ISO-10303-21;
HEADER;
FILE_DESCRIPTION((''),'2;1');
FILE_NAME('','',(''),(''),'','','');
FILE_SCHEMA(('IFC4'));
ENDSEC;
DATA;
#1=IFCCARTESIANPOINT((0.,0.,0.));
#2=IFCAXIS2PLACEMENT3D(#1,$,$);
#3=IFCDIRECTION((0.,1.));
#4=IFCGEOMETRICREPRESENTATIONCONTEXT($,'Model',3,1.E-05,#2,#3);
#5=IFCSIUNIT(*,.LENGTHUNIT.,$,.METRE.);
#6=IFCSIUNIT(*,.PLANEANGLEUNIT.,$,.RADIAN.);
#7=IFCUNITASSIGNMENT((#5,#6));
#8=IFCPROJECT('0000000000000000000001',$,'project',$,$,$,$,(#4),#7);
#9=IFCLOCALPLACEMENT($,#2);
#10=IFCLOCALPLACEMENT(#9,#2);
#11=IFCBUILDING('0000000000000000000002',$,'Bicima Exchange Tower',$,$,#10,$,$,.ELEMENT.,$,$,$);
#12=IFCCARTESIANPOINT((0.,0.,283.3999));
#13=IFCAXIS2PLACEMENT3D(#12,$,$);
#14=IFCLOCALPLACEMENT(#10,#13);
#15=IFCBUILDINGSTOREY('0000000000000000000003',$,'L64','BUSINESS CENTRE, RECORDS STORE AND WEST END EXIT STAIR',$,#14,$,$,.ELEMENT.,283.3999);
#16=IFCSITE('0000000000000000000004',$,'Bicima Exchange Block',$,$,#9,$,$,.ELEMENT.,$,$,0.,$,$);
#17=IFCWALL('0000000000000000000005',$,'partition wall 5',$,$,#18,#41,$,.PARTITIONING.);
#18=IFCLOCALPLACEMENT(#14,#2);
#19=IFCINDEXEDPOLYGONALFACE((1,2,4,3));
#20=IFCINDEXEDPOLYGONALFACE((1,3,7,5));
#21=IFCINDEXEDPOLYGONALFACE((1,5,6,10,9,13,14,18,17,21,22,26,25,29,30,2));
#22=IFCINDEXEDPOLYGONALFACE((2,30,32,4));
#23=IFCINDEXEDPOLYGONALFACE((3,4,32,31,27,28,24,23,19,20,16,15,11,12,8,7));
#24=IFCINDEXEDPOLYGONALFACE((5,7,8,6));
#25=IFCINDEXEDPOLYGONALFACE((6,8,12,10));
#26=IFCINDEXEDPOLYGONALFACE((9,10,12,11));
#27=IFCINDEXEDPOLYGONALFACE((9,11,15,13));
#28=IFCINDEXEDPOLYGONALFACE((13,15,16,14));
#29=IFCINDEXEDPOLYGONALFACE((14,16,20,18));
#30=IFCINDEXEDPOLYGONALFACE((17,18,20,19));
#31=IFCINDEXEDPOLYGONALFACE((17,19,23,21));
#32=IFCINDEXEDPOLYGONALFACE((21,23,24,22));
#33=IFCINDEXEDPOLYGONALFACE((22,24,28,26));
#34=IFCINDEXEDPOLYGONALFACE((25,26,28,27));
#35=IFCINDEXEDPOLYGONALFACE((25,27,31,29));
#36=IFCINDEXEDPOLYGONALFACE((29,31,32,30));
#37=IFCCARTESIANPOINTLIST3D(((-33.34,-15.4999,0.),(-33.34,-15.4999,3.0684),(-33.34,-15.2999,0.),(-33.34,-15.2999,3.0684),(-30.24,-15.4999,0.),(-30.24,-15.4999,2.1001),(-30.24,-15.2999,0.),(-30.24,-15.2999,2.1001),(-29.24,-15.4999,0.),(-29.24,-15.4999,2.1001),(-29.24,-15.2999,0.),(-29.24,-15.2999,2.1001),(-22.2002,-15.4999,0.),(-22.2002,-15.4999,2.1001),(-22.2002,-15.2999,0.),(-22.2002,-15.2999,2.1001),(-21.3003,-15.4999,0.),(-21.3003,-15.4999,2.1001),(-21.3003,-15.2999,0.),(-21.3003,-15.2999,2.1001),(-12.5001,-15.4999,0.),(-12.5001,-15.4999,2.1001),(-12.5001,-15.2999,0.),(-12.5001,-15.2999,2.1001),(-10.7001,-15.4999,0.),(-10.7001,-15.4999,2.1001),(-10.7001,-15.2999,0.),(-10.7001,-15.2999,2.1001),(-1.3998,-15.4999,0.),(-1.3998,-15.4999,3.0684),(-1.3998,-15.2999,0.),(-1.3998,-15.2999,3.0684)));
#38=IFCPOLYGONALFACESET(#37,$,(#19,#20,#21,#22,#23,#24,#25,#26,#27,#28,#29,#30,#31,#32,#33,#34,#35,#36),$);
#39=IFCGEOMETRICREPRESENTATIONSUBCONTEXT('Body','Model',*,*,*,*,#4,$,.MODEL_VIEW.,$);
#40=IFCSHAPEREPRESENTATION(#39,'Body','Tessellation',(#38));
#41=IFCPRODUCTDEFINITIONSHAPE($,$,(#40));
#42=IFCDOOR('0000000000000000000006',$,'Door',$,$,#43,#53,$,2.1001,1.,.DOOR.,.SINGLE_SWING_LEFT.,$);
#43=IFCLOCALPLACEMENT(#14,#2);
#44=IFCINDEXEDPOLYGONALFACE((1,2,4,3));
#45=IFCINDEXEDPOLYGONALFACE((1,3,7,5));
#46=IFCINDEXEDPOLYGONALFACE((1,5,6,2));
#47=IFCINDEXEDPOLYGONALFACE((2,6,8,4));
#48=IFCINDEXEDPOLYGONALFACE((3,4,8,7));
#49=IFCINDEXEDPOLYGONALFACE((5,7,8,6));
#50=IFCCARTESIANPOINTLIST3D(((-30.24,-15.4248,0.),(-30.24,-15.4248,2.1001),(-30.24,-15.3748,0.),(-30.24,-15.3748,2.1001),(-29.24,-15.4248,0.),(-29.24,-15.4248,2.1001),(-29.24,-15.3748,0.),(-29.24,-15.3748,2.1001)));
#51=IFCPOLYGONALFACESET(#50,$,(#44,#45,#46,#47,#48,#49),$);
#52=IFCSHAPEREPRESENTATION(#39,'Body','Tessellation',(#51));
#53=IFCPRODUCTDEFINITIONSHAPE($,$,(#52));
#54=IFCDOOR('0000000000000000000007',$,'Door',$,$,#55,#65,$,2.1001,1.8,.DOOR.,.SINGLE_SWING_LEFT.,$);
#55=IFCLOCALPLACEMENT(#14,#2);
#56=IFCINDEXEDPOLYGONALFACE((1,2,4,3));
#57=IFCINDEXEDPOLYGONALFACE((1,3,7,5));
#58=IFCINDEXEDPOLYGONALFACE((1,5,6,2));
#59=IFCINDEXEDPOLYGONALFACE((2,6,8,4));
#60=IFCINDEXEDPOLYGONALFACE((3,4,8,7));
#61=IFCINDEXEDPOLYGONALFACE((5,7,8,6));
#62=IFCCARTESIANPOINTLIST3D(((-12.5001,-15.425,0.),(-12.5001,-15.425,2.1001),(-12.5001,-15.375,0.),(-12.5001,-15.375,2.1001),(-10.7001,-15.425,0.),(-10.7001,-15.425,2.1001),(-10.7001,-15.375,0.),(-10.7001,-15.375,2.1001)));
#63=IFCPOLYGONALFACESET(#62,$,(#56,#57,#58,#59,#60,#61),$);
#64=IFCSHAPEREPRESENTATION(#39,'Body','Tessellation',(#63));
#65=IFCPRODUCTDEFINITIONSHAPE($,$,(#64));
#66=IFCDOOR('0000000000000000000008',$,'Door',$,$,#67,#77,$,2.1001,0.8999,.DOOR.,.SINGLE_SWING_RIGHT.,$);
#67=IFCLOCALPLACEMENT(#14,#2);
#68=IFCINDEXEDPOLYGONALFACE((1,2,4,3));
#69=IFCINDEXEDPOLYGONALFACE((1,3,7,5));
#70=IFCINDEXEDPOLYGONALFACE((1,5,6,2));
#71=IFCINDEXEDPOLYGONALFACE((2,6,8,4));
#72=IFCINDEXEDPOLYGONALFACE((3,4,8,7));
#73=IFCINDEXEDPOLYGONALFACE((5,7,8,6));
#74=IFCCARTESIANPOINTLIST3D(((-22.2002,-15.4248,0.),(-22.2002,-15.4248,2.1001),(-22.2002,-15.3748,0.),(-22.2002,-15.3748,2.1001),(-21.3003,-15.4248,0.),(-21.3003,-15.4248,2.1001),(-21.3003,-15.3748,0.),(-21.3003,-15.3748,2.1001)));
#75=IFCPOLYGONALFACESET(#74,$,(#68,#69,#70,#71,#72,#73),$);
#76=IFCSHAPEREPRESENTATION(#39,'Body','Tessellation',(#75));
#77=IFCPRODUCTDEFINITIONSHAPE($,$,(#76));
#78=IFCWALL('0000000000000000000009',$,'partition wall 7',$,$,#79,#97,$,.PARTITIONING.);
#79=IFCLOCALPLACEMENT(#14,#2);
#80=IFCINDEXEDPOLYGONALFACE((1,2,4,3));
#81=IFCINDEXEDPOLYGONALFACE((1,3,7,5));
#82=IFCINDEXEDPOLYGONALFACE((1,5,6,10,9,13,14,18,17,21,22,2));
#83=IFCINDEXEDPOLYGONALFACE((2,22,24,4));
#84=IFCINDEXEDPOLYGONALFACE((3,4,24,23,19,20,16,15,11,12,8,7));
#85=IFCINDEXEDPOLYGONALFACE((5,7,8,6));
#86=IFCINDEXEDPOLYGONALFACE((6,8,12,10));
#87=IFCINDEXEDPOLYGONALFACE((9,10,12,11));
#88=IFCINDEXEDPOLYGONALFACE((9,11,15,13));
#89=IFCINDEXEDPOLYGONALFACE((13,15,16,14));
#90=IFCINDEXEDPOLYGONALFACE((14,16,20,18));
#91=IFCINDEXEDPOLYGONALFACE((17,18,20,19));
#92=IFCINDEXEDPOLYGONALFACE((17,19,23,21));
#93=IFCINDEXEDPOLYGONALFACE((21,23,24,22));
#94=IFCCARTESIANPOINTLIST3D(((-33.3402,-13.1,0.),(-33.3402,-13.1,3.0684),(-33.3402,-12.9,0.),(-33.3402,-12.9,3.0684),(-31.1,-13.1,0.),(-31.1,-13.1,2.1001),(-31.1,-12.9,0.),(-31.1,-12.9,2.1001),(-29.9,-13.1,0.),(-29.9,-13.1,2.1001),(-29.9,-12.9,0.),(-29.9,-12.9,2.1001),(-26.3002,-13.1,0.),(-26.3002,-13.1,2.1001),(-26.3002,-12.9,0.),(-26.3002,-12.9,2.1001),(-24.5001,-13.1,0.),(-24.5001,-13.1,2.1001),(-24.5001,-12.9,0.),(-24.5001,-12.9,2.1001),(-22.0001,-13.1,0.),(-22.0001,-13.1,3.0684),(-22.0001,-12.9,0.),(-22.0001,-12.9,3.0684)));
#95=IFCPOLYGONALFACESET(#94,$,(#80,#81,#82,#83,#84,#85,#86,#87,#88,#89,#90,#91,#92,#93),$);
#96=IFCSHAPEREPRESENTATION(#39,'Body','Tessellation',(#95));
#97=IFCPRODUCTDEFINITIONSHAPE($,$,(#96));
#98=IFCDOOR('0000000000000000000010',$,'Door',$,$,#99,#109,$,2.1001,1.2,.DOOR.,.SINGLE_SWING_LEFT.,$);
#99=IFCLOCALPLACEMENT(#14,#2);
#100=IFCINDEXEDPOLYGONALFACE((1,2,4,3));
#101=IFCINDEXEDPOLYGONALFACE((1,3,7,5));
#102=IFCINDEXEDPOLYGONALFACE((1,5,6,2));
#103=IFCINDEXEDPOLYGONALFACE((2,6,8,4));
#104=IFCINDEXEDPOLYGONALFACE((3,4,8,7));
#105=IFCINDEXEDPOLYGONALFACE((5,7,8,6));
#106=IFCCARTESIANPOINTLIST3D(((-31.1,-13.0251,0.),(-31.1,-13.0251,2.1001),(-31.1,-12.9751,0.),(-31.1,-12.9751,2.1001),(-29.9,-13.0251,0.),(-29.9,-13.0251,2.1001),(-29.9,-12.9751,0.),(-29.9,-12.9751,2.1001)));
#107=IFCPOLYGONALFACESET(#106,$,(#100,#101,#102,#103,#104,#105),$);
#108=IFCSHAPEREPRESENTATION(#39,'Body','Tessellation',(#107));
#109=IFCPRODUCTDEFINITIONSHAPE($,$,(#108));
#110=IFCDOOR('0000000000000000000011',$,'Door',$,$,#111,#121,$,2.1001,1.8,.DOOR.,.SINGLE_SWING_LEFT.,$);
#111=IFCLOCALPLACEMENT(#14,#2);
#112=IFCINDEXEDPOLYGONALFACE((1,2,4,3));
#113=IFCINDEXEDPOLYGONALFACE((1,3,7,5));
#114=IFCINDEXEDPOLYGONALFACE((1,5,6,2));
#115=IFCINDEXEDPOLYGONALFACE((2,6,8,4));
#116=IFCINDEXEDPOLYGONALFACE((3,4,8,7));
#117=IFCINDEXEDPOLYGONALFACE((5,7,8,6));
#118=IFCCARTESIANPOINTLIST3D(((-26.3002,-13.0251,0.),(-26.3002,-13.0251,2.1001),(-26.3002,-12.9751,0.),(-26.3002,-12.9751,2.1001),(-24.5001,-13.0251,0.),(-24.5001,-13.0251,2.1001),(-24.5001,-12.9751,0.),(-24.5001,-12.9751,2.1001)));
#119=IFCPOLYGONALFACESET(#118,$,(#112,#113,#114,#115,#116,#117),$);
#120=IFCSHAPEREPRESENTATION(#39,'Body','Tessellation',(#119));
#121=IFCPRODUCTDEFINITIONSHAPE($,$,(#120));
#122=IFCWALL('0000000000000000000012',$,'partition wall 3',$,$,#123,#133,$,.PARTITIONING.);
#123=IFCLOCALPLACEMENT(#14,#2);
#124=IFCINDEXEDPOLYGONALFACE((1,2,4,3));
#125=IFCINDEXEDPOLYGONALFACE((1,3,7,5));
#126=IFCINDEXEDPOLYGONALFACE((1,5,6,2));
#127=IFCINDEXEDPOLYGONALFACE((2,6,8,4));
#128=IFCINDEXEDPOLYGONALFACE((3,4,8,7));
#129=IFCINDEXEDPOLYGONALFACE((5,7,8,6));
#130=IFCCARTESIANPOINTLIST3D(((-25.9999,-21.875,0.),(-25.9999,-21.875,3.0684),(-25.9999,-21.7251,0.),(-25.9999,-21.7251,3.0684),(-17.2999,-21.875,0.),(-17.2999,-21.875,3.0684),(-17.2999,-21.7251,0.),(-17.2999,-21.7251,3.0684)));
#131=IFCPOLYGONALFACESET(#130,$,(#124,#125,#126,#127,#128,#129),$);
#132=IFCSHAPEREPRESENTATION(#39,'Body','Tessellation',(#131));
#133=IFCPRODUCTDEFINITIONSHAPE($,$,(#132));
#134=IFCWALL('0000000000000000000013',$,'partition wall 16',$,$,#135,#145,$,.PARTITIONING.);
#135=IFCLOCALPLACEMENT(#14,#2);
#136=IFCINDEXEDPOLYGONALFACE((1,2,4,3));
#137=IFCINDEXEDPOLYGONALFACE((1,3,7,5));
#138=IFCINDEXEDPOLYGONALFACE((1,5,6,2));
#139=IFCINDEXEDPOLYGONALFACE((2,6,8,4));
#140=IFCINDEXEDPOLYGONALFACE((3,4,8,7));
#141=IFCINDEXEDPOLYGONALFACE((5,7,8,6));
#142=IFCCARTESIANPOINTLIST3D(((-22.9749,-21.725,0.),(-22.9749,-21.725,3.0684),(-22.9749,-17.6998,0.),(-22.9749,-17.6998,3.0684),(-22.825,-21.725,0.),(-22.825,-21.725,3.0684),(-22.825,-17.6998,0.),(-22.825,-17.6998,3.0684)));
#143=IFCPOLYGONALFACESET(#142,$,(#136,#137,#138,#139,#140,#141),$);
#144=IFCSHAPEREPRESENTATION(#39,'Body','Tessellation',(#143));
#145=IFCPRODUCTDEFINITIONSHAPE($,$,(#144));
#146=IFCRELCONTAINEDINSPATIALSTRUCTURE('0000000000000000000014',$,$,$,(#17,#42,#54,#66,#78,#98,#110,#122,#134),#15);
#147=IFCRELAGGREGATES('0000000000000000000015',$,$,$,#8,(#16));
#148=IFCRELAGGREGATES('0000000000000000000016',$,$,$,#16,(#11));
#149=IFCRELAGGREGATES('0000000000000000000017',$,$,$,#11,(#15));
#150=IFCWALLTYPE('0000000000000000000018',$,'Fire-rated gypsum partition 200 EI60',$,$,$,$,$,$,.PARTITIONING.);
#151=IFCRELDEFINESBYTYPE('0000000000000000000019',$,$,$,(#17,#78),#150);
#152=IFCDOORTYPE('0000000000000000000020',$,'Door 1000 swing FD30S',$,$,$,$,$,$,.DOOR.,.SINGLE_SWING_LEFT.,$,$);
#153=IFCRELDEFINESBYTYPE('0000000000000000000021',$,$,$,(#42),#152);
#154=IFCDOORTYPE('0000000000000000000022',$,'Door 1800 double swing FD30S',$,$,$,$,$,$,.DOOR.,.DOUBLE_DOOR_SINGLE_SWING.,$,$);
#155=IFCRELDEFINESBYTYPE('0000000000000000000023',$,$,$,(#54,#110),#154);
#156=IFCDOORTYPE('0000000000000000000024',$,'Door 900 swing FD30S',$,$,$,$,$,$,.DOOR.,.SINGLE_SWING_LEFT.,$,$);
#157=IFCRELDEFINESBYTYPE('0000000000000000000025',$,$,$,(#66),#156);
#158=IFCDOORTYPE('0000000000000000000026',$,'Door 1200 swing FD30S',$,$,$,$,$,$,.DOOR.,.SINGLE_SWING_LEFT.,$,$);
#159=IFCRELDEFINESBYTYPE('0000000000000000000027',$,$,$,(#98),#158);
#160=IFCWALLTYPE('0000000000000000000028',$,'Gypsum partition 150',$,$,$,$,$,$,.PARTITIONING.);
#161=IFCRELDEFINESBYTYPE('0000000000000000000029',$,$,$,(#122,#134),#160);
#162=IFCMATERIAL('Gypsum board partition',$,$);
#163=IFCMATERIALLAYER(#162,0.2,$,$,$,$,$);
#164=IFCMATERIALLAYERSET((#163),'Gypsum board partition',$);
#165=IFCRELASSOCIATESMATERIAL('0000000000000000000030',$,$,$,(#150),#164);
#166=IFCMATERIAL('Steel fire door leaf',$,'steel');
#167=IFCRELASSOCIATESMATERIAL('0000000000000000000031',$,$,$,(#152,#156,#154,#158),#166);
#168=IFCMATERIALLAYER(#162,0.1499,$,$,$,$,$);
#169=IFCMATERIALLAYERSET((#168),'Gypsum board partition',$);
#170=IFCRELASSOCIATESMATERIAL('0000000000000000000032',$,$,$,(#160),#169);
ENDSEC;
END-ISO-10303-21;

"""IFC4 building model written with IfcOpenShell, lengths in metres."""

from ifc_helpers import new_model, si_unit, direction, frame, frame_2d, origin, place, context, subcontext, project, spatial, rectangle, extrude, material, layer, layer_set, type_object, element, fill, save


model = new_model("IFC4")

# Units and contexts
model_context = context("Model", 3, precision=1e-05, world=origin(), true_north=direction((0.0, 1.0)))
body_context = subcontext(model_context, "Body", "Model", "MODEL_VIEW")
ifc_project = project(units=[si_unit("LENGTHUNIT", "METRE"), si_unit("PLANEANGLEUNIT", "RADIAN")], contexts=[model_context])

# Site, building, storey
site_placement = place(None, origin())
site = spatial("IfcSite", under=ifc_project, at=site_placement, Name="Bicima Exchange Block", CompositionType="ELEMENT", RefElevation=0.0)
building_placement = place(site_placement, origin())
building = spatial("IfcBuilding", under=site, at=building_placement, Name="Bicima Exchange Tower", CompositionType="ELEMENT")
storey_placement = place(building_placement, frame((0.0, 0.0, 283.3999)))
storey = spatial("IfcBuildingStorey", under=building, at=storey_placement, Name="L64", Description="BUSINESS CENTRE, RECORDS STORE AND WEST END EXIT STAIR", CompositionType="ELEMENT", Elevation=283.3999)

# Walls, openings, doors
ifc_material_1 = material(Name="Gypsum board partition")
ifc_layer_1 = layer(ifc_material_1, 0.2)
ifc_layer_set_1 = layer_set([ifc_layer_1], Name="Gypsum board partition")
wall_type_1 = type_object("IfcWallType", Name="Fire-rated gypsum partition 200 EI60", PredefinedType="PARTITIONING", material=ifc_layer_set_1)
ifc_material_2 = material(Name="Steel fire door leaf", Category="steel")
door_type_1 = type_object("IfcDoorType", Name="Door 1000 swing FD30S", OperationType="SINGLE_SWING_LEFT", PredefinedType="DOOR", material=ifc_material_2)
door_type_2 = type_object("IfcDoorType", Name="Door 900 swing FD30S", OperationType="SINGLE_SWING_LEFT", PredefinedType="DOOR", material=ifc_material_2)
wall_1_placement = place(storey_placement, frame((-33.3401, -15.3999, 0.0), z_axis=(0.0, 0.0, 1.0), x_axis=(1.0, 0.0, 0.0)))
wall_1 = element("IfcWall", 1, at=wall_1_placement, inside=storey, type_object=wall_type_1, Name="partition wall 5", PredefinedType="PARTITIONING", context=body_context, shape_type="SweptSolid", body=[
    extrude(rectangle(XDim=31.9402, YDim=0.2, at=frame_2d((15.9702, 0.0))), origin(), (0.0, 0.0, 1.0), 3.0684),
])
opening_1_placement = place(wall_1_placement, frame((3.1001, 0.0, 0.0)))
opening_1 = element("IfcOpeningElement", 2, at=opening_1_placement, cuts=wall_1, PredefinedType="OPENING", context=body_context, shape_type="SweptSolid", body=[
    extrude(rectangle(XDim=1.0, YDim=2.1001, at=frame_2d((0.5, 1.05))), frame((0.0, 0.1118, 0.0), z_axis=(0.0, -1.0, 0.0), x_axis=(1.0, 0.0, 0.0)), (0.0, 0.0, 1.0), 0.2239),
])
opening_2_placement = place(wall_1_placement, frame((11.1399, 0.0, 0.0)))
opening_2 = element("IfcOpeningElement", 3, at=opening_2_placement, cuts=wall_1, PredefinedType="OPENING", context=body_context, shape_type="SweptSolid", body=[
    extrude(rectangle(XDim=0.8999, YDim=2.1001, at=frame_2d((0.45, 1.05))), frame((0.0, 0.1118, 0.0), z_axis=(0.0, -1.0, 0.0), x_axis=(1.0, 0.0, 0.0)), (0.0, 0.0, 1.0), 0.2239),
])
opening_3_placement = place(wall_1_placement, frame((20.8401, 0.0, 0.0)))
opening_3 = element("IfcOpeningElement", 4, at=opening_3_placement, cuts=wall_1, PredefinedType="OPENING", context=body_context, shape_type="SweptSolid", body=[
    extrude(rectangle(XDim=1.8, YDim=2.1001, at=frame_2d((0.8999, 1.05))), frame((0.0, 0.1118, 0.0), z_axis=(0.0, -1.0, 0.0), x_axis=(1.0, 0.0, 0.0)), (0.0, 0.0, 1.0), 0.2239),
])
door_1_placement = place(opening_1_placement, frame((1.0, 0.0, 0.0), z_axis=(0.0, 0.0, 1.0), x_axis=(-1.0, 0.0, 0.0)))
door_1 = element("IfcDoor", 5, at=door_1_placement, inside=storey, type_object=door_type_1, Name="Door", OperationType="SINGLE_SWING_LEFT", OverallHeight=2.1001, OverallWidth=1.0, PredefinedType="DOOR", context=body_context, shape_type="SweptSolid", body=[
    extrude(rectangle(XDim=1.0, YDim=2.1001, at=frame_2d((0.5, 1.05))), frame((0.0, 0.0249, 0.0), z_axis=(0.0, -1.0, 0.0), x_axis=(1.0, 0.0, 0.0)), (0.0, 0.0, 1.0), 0.05),
])
fill(opening_1, door_1)
door_type_3 = type_object("IfcDoorType", Name="Door 1800 double swing FD30S", OperationType="DOUBLE_DOOR_SINGLE_SWING", PredefinedType="DOOR", material=ifc_material_2)
door_2_placement = place(opening_3_placement, origin())
door_2 = element("IfcDoor", 6, at=door_2_placement, inside=storey, type_object=door_type_3, Name="Door", OperationType="SINGLE_SWING_LEFT", OverallHeight=2.1001, OverallWidth=1.8, PredefinedType="DOOR", context=body_context, shape_type="SweptSolid", body=[
    extrude(rectangle(XDim=1.8, YDim=2.1001, at=frame_2d((0.8999, 1.05))), frame((0.0, 0.0249, 0.0), z_axis=(0.0, -1.0, 0.0), x_axis=(1.0, 0.0, 0.0)), (0.0, 0.0, 1.0), 0.05),
])
fill(opening_3, door_2)
door_3_placement = place(opening_2_placement, frame((0.8999, 0.0, 0.0), z_axis=(0.0, 0.0, 1.0), x_axis=(-1.0, 0.0, 0.0)))
door_3 = element("IfcDoor", 7, at=door_3_placement, inside=storey, type_object=door_type_2, Name="Door", OperationType="SINGLE_SWING_RIGHT", OverallHeight=2.1001, OverallWidth=0.8999, PredefinedType="DOOR", context=body_context, shape_type="SweptSolid", body=[
    extrude(rectangle(XDim=0.8999, YDim=2.1001, at=frame_2d((0.45, 1.05))), frame((0.0, 0.0249, 0.0), z_axis=(0.0, -1.0, 0.0), x_axis=(1.0, 0.0, 0.0)), (0.0, 0.0, 1.0), 0.05),
])
fill(opening_2, door_3)
wall_2_placement = place(storey_placement, frame((-33.3401, -13.0, 0.0), z_axis=(0.0, 0.0, 1.0), x_axis=(1.0, 0.0, 0.0)))
wall_2 = element("IfcWall", 8, at=wall_2_placement, inside=storey, type_object=wall_type_1, Name="partition wall 7", PredefinedType="PARTITIONING", context=body_context, shape_type="SweptSolid", body=[
    extrude(rectangle(XDim=11.3401, YDim=0.2, at=frame_2d((5.6699, 0.0))), origin(), (0.0, 0.0, 1.0), 3.0684),
])
opening_4_placement = place(wall_2_placement, frame((2.24, 0.0, 0.0)))
opening_4 = element("IfcOpeningElement", 9, at=opening_4_placement, cuts=wall_2, PredefinedType="OPENING", context=body_context, shape_type="SweptSolid", body=[
    extrude(rectangle(XDim=1.2, YDim=2.1001, at=frame_2d((0.6001, 1.05))), frame((0.0, 0.1118, 0.0), z_axis=(0.0, -1.0, 0.0), x_axis=(1.0, 0.0, 0.0)), (0.0, 0.0, 1.0), 0.2239),
])
opening_5_placement = place(wall_2_placement, frame((7.04, 0.0, 0.0)))
opening_5 = element("IfcOpeningElement", 10, at=opening_5_placement, cuts=wall_2, PredefinedType="OPENING", context=body_context, shape_type="SweptSolid", body=[
    extrude(rectangle(XDim=1.8, YDim=2.1001, at=frame_2d((0.8999, 1.05))), frame((0.0, 0.1118, 0.0), z_axis=(0.0, -1.0, 0.0), x_axis=(1.0, 0.0, 0.0)), (0.0, 0.0, 1.0), 0.2239),
])
door_type_4 = type_object("IfcDoorType", Name="Door 1200 swing FD30S", OperationType="SINGLE_SWING_LEFT", PredefinedType="DOOR", material=ifc_material_2)
door_4_placement = place(opening_4_placement, origin())
door_4 = element("IfcDoor", 11, at=door_4_placement, inside=storey, type_object=door_type_4, Name="Door", OperationType="SINGLE_SWING_LEFT", OverallHeight=2.1001, OverallWidth=1.2, PredefinedType="DOOR", context=body_context, shape_type="SweptSolid", body=[
    extrude(rectangle(XDim=1.2, YDim=2.1001, at=frame_2d((0.6001, 1.05))), frame((0.0, 0.0249, 0.0), z_axis=(0.0, -1.0, 0.0), x_axis=(1.0, 0.0, 0.0)), (0.0, 0.0, 1.0), 0.05),
])
fill(opening_4, door_4)
door_5_placement = place(opening_5_placement, origin())
door_5 = element("IfcDoor", 12, at=door_5_placement, inside=storey, type_object=door_type_3, Name="Door", OperationType="SINGLE_SWING_LEFT", OverallHeight=2.1001, OverallWidth=1.8, PredefinedType="DOOR", context=body_context, shape_type="SweptSolid", body=[
    extrude(rectangle(XDim=1.8, YDim=2.1001, at=frame_2d((0.8999, 1.05))), frame((0.0, 0.0249, 0.0), z_axis=(0.0, -1.0, 0.0), x_axis=(1.0, 0.0, 0.0)), (0.0, 0.0, 1.0), 0.05),
])
fill(opening_5, door_5)

# Walls
ifc_layer_2 = layer(ifc_material_1, 0.1499)
ifc_layer_set_2 = layer_set([ifc_layer_2], Name="Gypsum board partition")
wall_type_2 = type_object("IfcWallType", Name="Gypsum partition 150", PredefinedType="PARTITIONING", material=ifc_layer_set_2)
wall_3_placement = place(storey_placement, frame((-26.0, -21.8, 0.0), z_axis=(0.0, 0.0, 1.0), x_axis=(1.0, 0.0, 0.0)))
element("IfcWall", 13, at=wall_3_placement, inside=storey, type_object=wall_type_2, Name="partition wall 3", PredefinedType="PARTITIONING", context=body_context, shape_type="SweptSolid", body=[
    extrude(rectangle(XDim=8.7, YDim=0.1499, at=frame_2d((4.3501, 0.0))), origin(), (0.0, 0.0, 1.0), 3.0684),
])
wall_4_placement = place(storey_placement, frame((-22.8999, -21.7251, 0.0), z_axis=(0.0, 0.0, 1.0), x_axis=(0.0, 1.0, 0.0)))
element("IfcWall", 14, at=wall_4_placement, inside=storey, type_object=wall_type_2, Name="partition wall 16", PredefinedType="PARTITIONING", context=body_context, shape_type="SweptSolid", body=[
    extrude(rectangle(XDim=4.0251, YDim=0.1499, at=frame_2d((2.0127, 0.0))), origin(), (0.0, 0.0, 1.0), 3.0684),
])

save(model, "model.ifc")
